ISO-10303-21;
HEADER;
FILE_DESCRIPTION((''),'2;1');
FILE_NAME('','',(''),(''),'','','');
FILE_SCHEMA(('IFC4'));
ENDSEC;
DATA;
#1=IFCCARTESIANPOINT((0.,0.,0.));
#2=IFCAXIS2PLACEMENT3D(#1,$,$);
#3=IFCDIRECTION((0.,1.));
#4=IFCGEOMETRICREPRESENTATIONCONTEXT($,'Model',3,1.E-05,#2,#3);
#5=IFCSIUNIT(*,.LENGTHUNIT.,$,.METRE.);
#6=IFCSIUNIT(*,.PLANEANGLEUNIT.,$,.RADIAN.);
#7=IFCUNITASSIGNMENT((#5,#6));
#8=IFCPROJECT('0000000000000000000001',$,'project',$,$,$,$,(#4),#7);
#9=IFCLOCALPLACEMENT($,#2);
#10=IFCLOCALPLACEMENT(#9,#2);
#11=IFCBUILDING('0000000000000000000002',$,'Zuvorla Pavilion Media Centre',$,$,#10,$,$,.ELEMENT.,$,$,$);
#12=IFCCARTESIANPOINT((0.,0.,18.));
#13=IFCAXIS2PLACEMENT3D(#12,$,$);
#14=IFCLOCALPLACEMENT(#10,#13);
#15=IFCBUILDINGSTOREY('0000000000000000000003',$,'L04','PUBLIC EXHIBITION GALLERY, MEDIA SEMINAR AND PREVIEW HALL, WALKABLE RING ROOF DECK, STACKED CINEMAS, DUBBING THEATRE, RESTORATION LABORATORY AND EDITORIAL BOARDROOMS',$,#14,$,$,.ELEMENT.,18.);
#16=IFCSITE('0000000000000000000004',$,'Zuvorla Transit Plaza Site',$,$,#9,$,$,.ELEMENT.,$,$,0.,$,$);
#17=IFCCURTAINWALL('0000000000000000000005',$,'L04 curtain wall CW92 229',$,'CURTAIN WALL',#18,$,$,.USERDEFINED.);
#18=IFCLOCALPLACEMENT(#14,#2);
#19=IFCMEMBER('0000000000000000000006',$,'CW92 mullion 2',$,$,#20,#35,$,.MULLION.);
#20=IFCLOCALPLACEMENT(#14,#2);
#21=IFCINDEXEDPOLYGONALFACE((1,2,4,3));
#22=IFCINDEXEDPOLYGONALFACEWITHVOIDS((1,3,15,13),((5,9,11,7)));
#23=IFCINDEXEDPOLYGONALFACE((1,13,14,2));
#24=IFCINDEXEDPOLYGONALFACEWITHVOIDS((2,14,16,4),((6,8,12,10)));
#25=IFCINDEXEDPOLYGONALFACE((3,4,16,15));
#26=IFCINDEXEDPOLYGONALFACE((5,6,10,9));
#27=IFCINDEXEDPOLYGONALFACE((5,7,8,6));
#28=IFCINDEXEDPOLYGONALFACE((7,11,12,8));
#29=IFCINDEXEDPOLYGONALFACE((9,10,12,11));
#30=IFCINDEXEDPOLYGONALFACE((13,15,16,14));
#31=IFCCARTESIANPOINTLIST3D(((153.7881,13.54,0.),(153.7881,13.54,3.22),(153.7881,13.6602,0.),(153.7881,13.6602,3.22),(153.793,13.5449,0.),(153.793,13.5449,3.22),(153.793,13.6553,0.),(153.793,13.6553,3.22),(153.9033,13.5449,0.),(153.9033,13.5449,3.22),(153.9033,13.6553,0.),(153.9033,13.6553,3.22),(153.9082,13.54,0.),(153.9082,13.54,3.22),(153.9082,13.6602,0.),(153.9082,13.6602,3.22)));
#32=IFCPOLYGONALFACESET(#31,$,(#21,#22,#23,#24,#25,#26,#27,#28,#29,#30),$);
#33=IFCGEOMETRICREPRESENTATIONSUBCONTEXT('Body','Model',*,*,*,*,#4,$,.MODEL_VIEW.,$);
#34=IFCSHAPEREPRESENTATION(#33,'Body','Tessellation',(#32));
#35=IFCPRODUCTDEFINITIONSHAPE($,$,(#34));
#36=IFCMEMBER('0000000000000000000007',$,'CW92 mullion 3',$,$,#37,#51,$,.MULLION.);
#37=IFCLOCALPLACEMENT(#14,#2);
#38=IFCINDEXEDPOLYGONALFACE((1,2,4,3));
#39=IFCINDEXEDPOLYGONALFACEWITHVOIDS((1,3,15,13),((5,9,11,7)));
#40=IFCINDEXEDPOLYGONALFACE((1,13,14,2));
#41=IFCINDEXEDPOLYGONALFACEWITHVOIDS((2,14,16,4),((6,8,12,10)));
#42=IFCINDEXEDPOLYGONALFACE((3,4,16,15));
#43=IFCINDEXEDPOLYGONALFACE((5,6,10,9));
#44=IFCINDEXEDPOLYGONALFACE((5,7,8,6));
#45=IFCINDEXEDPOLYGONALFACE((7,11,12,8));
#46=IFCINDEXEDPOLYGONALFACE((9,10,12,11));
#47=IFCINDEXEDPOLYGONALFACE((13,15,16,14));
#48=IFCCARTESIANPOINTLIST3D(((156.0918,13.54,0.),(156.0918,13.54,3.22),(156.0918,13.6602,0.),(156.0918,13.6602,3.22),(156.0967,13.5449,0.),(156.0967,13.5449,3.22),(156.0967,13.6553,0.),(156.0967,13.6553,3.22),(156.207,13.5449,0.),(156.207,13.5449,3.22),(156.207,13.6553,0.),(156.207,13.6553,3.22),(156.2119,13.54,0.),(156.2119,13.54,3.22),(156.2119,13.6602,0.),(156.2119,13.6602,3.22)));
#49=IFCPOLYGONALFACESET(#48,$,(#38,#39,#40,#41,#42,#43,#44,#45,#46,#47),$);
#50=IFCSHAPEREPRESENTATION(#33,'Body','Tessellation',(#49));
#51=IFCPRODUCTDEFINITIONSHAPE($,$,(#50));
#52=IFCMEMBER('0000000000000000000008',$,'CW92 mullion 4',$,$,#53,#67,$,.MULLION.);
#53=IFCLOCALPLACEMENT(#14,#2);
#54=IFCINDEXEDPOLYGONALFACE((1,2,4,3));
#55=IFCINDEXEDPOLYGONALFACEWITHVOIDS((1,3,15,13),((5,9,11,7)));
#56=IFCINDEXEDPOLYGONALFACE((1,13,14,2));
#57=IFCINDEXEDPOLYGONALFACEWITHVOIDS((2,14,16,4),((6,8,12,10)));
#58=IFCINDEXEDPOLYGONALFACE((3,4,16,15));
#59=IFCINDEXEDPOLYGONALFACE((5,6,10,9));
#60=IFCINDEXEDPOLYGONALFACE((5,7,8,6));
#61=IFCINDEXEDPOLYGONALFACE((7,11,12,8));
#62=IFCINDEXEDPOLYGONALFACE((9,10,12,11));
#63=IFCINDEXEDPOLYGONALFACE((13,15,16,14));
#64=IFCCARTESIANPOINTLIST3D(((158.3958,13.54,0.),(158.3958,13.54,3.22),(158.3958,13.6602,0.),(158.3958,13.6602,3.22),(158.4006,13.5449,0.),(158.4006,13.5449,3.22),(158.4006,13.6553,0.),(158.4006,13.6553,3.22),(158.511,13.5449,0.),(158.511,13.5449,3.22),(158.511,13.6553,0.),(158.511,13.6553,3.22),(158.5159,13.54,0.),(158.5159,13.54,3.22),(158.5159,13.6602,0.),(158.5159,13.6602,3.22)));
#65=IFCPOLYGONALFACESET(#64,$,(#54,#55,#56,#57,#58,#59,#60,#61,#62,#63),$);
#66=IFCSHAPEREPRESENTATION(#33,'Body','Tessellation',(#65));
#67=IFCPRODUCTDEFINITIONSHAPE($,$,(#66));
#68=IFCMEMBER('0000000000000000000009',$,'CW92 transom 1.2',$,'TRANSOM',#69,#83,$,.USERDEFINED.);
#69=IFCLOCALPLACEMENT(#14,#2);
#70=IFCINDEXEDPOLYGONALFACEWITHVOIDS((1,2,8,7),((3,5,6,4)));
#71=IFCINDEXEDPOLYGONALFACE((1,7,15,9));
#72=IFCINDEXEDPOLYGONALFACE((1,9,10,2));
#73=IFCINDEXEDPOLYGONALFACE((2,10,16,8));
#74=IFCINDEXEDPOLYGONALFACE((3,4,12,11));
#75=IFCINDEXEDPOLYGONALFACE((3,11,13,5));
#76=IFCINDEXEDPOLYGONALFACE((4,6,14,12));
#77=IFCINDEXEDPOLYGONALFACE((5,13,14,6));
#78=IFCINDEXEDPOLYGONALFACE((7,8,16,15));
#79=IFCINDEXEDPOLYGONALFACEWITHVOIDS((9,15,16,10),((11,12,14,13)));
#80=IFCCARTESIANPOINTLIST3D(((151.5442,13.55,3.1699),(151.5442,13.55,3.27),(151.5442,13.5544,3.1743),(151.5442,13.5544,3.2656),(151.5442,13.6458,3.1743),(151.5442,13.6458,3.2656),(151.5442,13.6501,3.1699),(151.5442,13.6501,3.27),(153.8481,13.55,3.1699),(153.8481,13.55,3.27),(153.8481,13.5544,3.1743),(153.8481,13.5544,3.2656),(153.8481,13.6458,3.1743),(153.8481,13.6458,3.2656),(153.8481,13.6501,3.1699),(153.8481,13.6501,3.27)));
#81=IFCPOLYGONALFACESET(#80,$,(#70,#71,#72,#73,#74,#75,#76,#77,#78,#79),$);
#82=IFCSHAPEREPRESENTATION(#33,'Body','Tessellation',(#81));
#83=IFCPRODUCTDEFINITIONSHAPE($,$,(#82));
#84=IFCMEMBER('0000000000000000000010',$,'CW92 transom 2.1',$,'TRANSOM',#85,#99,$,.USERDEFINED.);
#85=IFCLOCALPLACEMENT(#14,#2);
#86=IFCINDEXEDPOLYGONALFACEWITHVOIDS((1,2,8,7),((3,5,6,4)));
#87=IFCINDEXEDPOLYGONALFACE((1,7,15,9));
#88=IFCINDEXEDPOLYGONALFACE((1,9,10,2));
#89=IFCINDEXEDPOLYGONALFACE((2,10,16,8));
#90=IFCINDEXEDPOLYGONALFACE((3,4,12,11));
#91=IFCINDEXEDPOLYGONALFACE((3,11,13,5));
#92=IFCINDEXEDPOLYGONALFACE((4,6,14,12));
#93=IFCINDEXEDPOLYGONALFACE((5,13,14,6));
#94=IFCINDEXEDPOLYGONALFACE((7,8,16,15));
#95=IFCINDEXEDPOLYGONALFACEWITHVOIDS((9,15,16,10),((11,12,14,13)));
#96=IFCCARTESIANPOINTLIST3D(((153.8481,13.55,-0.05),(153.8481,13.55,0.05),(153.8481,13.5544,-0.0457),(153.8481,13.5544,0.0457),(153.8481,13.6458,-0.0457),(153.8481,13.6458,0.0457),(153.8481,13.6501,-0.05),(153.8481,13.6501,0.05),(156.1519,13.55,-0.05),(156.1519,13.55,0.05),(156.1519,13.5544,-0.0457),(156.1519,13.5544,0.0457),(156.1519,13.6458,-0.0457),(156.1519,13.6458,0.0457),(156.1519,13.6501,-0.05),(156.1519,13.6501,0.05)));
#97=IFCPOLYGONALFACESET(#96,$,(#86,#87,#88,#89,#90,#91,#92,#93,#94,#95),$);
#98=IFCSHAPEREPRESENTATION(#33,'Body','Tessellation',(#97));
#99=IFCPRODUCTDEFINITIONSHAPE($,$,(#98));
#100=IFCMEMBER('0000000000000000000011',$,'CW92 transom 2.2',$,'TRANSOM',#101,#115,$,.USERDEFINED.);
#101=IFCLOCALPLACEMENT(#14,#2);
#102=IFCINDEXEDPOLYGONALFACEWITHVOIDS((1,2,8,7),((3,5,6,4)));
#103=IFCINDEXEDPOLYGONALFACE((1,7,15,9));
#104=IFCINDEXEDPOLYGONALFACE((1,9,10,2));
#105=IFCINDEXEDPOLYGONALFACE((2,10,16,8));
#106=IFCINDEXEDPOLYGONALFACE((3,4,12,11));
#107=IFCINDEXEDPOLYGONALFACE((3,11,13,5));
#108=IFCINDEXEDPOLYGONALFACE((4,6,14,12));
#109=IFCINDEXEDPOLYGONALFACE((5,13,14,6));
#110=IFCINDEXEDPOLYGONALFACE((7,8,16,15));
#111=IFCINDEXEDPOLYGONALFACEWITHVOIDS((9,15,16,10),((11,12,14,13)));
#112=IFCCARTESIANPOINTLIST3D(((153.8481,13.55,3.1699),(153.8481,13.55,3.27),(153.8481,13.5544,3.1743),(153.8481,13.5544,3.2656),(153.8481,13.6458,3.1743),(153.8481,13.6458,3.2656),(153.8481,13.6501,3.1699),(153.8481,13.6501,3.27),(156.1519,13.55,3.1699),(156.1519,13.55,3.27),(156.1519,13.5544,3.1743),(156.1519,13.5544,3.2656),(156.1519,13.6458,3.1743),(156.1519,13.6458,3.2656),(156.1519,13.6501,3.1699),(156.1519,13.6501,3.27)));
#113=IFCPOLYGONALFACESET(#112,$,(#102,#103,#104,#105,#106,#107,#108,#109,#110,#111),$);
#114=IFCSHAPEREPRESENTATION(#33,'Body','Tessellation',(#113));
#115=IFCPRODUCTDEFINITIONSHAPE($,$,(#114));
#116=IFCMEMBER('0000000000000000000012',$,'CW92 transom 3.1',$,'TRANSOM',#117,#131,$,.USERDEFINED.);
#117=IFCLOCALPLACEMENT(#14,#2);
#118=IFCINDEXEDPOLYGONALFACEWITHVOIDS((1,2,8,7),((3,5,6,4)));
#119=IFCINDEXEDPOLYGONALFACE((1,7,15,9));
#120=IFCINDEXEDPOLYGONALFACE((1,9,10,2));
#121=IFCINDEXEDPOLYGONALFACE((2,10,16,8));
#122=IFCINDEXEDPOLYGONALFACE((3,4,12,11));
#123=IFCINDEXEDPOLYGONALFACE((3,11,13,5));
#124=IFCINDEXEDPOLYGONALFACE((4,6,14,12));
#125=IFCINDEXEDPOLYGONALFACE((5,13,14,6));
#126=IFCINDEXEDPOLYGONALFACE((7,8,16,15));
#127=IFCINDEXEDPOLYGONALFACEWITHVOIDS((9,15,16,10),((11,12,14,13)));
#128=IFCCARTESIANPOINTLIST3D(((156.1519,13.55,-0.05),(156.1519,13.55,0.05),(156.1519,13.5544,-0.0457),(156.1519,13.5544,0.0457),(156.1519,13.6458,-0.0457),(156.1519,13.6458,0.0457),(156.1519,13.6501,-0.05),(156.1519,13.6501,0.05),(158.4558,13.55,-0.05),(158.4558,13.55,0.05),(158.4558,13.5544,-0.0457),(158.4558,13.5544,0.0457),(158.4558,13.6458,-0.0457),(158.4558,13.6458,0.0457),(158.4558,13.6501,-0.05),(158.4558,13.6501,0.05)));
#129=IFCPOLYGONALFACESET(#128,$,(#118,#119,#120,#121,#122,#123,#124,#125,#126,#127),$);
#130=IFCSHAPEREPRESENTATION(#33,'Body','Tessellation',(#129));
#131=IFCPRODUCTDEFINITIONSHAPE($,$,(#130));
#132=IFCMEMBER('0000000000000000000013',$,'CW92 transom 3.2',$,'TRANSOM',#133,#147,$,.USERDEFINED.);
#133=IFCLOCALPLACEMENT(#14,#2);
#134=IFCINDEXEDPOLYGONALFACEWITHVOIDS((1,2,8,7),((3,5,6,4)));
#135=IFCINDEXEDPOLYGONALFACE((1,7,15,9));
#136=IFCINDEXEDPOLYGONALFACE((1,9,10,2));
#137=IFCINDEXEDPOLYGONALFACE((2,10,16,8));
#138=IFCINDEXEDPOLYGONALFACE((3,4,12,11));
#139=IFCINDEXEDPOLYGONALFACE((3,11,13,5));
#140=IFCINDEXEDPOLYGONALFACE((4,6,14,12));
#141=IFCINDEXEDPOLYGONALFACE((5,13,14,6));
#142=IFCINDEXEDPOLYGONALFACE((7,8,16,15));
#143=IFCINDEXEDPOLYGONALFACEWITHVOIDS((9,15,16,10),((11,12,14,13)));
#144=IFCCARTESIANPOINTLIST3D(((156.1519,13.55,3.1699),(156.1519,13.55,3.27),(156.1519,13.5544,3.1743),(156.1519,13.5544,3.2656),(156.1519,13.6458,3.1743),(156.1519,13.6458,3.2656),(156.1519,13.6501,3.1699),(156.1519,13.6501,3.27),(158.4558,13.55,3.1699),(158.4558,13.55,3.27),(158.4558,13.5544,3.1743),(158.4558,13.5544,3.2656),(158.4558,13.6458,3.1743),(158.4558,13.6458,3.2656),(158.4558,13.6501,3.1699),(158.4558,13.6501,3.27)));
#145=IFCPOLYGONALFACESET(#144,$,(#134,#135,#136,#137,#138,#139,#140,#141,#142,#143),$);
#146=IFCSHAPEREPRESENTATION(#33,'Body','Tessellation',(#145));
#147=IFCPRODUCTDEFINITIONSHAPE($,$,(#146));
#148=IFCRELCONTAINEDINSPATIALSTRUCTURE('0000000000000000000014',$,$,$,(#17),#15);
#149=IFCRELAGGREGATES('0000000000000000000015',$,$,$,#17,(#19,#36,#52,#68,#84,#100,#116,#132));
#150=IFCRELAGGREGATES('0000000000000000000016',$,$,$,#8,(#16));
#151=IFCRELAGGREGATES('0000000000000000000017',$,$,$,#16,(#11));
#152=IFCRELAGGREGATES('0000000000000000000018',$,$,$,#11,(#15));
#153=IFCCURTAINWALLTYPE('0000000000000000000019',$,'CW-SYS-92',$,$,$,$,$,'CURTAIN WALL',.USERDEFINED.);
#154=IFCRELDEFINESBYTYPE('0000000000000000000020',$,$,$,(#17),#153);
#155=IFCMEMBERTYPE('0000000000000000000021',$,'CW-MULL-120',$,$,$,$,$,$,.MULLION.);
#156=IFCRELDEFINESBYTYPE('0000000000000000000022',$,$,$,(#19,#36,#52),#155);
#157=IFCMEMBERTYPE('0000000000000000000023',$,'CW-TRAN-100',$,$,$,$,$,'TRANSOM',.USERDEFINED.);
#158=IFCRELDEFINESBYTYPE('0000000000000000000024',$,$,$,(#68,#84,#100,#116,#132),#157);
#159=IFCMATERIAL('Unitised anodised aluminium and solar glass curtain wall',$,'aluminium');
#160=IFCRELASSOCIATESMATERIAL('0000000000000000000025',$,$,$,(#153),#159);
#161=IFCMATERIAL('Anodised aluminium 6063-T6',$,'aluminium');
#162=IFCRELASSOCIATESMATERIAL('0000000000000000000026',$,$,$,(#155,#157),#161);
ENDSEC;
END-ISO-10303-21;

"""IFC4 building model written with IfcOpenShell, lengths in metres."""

from ifc_helpers import new_model, si_unit, direction, frame, origin, origin_2d, place, context, subcontext, project, spatial, hollow_rectangle, extrude, material, material_profile, profile_set, type_object, element, aggregate, save


model = new_model("IFC4")

# Units and contexts
model_context = context("Model", 3, precision=1e-05, world=origin(), true_north=direction((0.0, 1.0)))
body_context = subcontext(model_context, "Body", "Model", "MODEL_VIEW")
ifc_project = project(units=[si_unit("LENGTHUNIT", "METRE"), si_unit("PLANEANGLEUNIT", "RADIAN")], contexts=[model_context])

# Site, building, storey
site_placement = place(None, origin())
site = spatial("IfcSite", under=ifc_project, at=site_placement, Name="Zuvorla Transit Plaza Site", CompositionType="ELEMENT", RefElevation=0.0)
building_placement = place(site_placement, origin())
building = spatial("IfcBuilding", under=site, at=building_placement, Name="Zuvorla Pavilion Media Centre", CompositionType="ELEMENT")
storey_placement = place(building_placement, frame((0.0, 0.0, 18.0)))
storey = spatial("IfcBuildingStorey", under=building, at=storey_placement, Name="L04", Description="PUBLIC EXHIBITION GALLERY, MEDIA SEMINAR AND PREVIEW HALL, WALKABLE RING ROOF DECK, STACKED CINEMAS, DUBBING THEATRE, RESTORATION LABORATORY AND EDITORIAL BOARDROOMS", CompositionType="ELEMENT", Elevation=18.0)

# Curtain wall, members
ifc_material_1 = material(Name="Unitised anodised aluminium and solar glass curtain wall", Category="aluminium")
curtain_wall_type = type_object("IfcCurtainWallType", Name="CW-SYS-92", ElementType="CURTAIN WALL", PredefinedType="USERDEFINED", material=ifc_material_1)
curtain_wall_placement = place(storey_placement, origin())
curtain_wall = element("IfcCurtainWall", 1, at=curtain_wall_placement, inside=storey, type_object=curtain_wall_type, Name="L04 curtain wall CW92 229", ObjectType="CURTAIN WALL", PredefinedType="USERDEFINED")
ifc_material_2 = material(Name="Anodised aluminium 6063-T6", Category="aluminium")
ifc_material_profile_1 = material_profile(ifc_material_2, hollow_rectangle(XDim=0.1201, YDim=0.1201, WallThickness=0.0049, at=origin_2d()), Name="ALU MULL 120x120")
ifc_profile_set_1 = profile_set([ifc_material_profile_1], Name="Anodised aluminium 6063-T6")
member_type_1 = type_object("IfcMemberType", Name="CW-MULL-120", PredefinedType="MULLION", material=ifc_profile_set_1)
member_1_placement = place(storey_placement, frame((153.8481, 13.6001, 0.0), z_axis=(0.0, 0.0, 1.0), x_axis=(1.0, 0.0, 0.0)))
member_1 = element("IfcMember", 2, at=member_1_placement, type_object=member_type_1, Name="CW92 mullion 2", PredefinedType="MULLION", context=body_context, shape_type="SweptSolid", body=[
    extrude(hollow_rectangle(XDim=0.1201, YDim=0.1201, WallThickness=0.0049, at=origin_2d()), origin(), (0.0, 0.0, 1.0), 3.22),
])
member_2_placement = place(storey_placement, frame((156.1519, 13.6001, 0.0), z_axis=(0.0, 0.0, 1.0), x_axis=(1.0, 0.0, 0.0)))
member_2 = element("IfcMember", 3, at=member_2_placement, type_object=member_type_1, Name="CW92 mullion 3", PredefinedType="MULLION", context=body_context, shape_type="SweptSolid", body=[
    extrude(hollow_rectangle(XDim=0.1201, YDim=0.1201, WallThickness=0.0049, at=origin_2d()), origin(), (0.0, 0.0, 1.0), 3.22),
])
member_3_placement = place(storey_placement, frame((158.4558, 13.6001, 0.0), z_axis=(0.0, 0.0, 1.0), x_axis=(1.0, 0.0, 0.0)))
member_3 = element("IfcMember", 4, at=member_3_placement, type_object=member_type_1, Name="CW92 mullion 4", PredefinedType="MULLION", context=body_context, shape_type="SweptSolid", body=[
    extrude(hollow_rectangle(XDim=0.1201, YDim=0.1201, WallThickness=0.0049, at=origin_2d()), origin(), (0.0, 0.0, 1.0), 3.22),
])
ifc_material_profile_2 = material_profile(ifc_material_2, hollow_rectangle(XDim=0.1001, YDim=0.1001, WallThickness=0.0044, at=origin_2d()), Name="ALU TRAN 100x100")
ifc_profile_set_2 = profile_set([ifc_material_profile_2], Name="Anodised aluminium 6063-T6")
member_type_2 = type_object("IfcMemberType", Name="CW-TRAN-100", ElementType="TRANSOM", PredefinedType="USERDEFINED", material=ifc_profile_set_2)
member_4_placement = place(storey_placement, frame((151.5442, 13.6001, 3.22), z_axis=(1.0, 0.0, 0.0), x_axis=(0.0, 1.0, 0.0)))
member_4 = element("IfcMember", 5, at=member_4_placement, type_object=member_type_2, Name="CW92 transom 1.2", ObjectType="TRANSOM", PredefinedType="USERDEFINED", context=body_context, shape_type="SweptSolid", body=[
    extrude(hollow_rectangle(XDim=0.1001, YDim=0.1001, WallThickness=0.0044, at=origin_2d()), origin(), (0.0, 0.0, 1.0), 2.304),
])
member_5_placement = place(storey_placement, frame((153.8481, 13.6001, 0.0), z_axis=(1.0, 0.0, 0.0), x_axis=(0.0, 1.0, 0.0)))
member_5 = element("IfcMember", 6, at=member_5_placement, type_object=member_type_2, Name="CW92 transom 2.1", ObjectType="TRANSOM", PredefinedType="USERDEFINED", context=body_context, shape_type="SweptSolid", body=[
    extrude(hollow_rectangle(XDim=0.1001, YDim=0.1001, WallThickness=0.0044, at=origin_2d()), origin(), (0.0, 0.0, 1.0), 2.3037),
])
member_6_placement = place(storey_placement, frame((153.8481, 13.6001, 3.22), z_axis=(1.0, 0.0, 0.0), x_axis=(0.0, 1.0, 0.0)))
member_6 = element("IfcMember", 7, at=member_6_placement, type_object=member_type_2, Name="CW92 transom 2.2", ObjectType="TRANSOM", PredefinedType="USERDEFINED", context=body_context, shape_type="SweptSolid", body=[
    extrude(hollow_rectangle(XDim=0.1001, YDim=0.1001, WallThickness=0.0044, at=origin_2d()), origin(), (0.0, 0.0, 1.0), 2.3037),
])
member_7_placement = place(storey_placement, frame((156.1519, 13.6001, 0.0), z_axis=(1.0, 0.0, 0.0), x_axis=(0.0, 1.0, 0.0)))
member_7 = element("IfcMember", 8, at=member_7_placement, type_object=member_type_2, Name="CW92 transom 3.1", ObjectType="TRANSOM", PredefinedType="USERDEFINED", context=body_context, shape_type="SweptSolid", body=[
    extrude(hollow_rectangle(XDim=0.1001, YDim=0.1001, WallThickness=0.0044, at=origin_2d()), origin(), (0.0, 0.0, 1.0), 2.304),
])
member_8_placement = place(storey_placement, frame((156.1519, 13.6001, 3.22), z_axis=(1.0, 0.0, 0.0), x_axis=(0.0, 1.0, 0.0)))
member_8 = element("IfcMember", 9, at=member_8_placement, type_object=member_type_2, Name="CW92 transom 3.2", ObjectType="TRANSOM", PredefinedType="USERDEFINED", context=body_context, shape_type="SweptSolid", body=[
    extrude(hollow_rectangle(XDim=0.1001, YDim=0.1001, WallThickness=0.0044, at=origin_2d()), origin(), (0.0, 0.0, 1.0), 2.304),
])

aggregate(curtain_wall, [member_1, member_2, member_3, member_4, member_5, member_6, member_7, member_8])

save(model, "model.ifc")
